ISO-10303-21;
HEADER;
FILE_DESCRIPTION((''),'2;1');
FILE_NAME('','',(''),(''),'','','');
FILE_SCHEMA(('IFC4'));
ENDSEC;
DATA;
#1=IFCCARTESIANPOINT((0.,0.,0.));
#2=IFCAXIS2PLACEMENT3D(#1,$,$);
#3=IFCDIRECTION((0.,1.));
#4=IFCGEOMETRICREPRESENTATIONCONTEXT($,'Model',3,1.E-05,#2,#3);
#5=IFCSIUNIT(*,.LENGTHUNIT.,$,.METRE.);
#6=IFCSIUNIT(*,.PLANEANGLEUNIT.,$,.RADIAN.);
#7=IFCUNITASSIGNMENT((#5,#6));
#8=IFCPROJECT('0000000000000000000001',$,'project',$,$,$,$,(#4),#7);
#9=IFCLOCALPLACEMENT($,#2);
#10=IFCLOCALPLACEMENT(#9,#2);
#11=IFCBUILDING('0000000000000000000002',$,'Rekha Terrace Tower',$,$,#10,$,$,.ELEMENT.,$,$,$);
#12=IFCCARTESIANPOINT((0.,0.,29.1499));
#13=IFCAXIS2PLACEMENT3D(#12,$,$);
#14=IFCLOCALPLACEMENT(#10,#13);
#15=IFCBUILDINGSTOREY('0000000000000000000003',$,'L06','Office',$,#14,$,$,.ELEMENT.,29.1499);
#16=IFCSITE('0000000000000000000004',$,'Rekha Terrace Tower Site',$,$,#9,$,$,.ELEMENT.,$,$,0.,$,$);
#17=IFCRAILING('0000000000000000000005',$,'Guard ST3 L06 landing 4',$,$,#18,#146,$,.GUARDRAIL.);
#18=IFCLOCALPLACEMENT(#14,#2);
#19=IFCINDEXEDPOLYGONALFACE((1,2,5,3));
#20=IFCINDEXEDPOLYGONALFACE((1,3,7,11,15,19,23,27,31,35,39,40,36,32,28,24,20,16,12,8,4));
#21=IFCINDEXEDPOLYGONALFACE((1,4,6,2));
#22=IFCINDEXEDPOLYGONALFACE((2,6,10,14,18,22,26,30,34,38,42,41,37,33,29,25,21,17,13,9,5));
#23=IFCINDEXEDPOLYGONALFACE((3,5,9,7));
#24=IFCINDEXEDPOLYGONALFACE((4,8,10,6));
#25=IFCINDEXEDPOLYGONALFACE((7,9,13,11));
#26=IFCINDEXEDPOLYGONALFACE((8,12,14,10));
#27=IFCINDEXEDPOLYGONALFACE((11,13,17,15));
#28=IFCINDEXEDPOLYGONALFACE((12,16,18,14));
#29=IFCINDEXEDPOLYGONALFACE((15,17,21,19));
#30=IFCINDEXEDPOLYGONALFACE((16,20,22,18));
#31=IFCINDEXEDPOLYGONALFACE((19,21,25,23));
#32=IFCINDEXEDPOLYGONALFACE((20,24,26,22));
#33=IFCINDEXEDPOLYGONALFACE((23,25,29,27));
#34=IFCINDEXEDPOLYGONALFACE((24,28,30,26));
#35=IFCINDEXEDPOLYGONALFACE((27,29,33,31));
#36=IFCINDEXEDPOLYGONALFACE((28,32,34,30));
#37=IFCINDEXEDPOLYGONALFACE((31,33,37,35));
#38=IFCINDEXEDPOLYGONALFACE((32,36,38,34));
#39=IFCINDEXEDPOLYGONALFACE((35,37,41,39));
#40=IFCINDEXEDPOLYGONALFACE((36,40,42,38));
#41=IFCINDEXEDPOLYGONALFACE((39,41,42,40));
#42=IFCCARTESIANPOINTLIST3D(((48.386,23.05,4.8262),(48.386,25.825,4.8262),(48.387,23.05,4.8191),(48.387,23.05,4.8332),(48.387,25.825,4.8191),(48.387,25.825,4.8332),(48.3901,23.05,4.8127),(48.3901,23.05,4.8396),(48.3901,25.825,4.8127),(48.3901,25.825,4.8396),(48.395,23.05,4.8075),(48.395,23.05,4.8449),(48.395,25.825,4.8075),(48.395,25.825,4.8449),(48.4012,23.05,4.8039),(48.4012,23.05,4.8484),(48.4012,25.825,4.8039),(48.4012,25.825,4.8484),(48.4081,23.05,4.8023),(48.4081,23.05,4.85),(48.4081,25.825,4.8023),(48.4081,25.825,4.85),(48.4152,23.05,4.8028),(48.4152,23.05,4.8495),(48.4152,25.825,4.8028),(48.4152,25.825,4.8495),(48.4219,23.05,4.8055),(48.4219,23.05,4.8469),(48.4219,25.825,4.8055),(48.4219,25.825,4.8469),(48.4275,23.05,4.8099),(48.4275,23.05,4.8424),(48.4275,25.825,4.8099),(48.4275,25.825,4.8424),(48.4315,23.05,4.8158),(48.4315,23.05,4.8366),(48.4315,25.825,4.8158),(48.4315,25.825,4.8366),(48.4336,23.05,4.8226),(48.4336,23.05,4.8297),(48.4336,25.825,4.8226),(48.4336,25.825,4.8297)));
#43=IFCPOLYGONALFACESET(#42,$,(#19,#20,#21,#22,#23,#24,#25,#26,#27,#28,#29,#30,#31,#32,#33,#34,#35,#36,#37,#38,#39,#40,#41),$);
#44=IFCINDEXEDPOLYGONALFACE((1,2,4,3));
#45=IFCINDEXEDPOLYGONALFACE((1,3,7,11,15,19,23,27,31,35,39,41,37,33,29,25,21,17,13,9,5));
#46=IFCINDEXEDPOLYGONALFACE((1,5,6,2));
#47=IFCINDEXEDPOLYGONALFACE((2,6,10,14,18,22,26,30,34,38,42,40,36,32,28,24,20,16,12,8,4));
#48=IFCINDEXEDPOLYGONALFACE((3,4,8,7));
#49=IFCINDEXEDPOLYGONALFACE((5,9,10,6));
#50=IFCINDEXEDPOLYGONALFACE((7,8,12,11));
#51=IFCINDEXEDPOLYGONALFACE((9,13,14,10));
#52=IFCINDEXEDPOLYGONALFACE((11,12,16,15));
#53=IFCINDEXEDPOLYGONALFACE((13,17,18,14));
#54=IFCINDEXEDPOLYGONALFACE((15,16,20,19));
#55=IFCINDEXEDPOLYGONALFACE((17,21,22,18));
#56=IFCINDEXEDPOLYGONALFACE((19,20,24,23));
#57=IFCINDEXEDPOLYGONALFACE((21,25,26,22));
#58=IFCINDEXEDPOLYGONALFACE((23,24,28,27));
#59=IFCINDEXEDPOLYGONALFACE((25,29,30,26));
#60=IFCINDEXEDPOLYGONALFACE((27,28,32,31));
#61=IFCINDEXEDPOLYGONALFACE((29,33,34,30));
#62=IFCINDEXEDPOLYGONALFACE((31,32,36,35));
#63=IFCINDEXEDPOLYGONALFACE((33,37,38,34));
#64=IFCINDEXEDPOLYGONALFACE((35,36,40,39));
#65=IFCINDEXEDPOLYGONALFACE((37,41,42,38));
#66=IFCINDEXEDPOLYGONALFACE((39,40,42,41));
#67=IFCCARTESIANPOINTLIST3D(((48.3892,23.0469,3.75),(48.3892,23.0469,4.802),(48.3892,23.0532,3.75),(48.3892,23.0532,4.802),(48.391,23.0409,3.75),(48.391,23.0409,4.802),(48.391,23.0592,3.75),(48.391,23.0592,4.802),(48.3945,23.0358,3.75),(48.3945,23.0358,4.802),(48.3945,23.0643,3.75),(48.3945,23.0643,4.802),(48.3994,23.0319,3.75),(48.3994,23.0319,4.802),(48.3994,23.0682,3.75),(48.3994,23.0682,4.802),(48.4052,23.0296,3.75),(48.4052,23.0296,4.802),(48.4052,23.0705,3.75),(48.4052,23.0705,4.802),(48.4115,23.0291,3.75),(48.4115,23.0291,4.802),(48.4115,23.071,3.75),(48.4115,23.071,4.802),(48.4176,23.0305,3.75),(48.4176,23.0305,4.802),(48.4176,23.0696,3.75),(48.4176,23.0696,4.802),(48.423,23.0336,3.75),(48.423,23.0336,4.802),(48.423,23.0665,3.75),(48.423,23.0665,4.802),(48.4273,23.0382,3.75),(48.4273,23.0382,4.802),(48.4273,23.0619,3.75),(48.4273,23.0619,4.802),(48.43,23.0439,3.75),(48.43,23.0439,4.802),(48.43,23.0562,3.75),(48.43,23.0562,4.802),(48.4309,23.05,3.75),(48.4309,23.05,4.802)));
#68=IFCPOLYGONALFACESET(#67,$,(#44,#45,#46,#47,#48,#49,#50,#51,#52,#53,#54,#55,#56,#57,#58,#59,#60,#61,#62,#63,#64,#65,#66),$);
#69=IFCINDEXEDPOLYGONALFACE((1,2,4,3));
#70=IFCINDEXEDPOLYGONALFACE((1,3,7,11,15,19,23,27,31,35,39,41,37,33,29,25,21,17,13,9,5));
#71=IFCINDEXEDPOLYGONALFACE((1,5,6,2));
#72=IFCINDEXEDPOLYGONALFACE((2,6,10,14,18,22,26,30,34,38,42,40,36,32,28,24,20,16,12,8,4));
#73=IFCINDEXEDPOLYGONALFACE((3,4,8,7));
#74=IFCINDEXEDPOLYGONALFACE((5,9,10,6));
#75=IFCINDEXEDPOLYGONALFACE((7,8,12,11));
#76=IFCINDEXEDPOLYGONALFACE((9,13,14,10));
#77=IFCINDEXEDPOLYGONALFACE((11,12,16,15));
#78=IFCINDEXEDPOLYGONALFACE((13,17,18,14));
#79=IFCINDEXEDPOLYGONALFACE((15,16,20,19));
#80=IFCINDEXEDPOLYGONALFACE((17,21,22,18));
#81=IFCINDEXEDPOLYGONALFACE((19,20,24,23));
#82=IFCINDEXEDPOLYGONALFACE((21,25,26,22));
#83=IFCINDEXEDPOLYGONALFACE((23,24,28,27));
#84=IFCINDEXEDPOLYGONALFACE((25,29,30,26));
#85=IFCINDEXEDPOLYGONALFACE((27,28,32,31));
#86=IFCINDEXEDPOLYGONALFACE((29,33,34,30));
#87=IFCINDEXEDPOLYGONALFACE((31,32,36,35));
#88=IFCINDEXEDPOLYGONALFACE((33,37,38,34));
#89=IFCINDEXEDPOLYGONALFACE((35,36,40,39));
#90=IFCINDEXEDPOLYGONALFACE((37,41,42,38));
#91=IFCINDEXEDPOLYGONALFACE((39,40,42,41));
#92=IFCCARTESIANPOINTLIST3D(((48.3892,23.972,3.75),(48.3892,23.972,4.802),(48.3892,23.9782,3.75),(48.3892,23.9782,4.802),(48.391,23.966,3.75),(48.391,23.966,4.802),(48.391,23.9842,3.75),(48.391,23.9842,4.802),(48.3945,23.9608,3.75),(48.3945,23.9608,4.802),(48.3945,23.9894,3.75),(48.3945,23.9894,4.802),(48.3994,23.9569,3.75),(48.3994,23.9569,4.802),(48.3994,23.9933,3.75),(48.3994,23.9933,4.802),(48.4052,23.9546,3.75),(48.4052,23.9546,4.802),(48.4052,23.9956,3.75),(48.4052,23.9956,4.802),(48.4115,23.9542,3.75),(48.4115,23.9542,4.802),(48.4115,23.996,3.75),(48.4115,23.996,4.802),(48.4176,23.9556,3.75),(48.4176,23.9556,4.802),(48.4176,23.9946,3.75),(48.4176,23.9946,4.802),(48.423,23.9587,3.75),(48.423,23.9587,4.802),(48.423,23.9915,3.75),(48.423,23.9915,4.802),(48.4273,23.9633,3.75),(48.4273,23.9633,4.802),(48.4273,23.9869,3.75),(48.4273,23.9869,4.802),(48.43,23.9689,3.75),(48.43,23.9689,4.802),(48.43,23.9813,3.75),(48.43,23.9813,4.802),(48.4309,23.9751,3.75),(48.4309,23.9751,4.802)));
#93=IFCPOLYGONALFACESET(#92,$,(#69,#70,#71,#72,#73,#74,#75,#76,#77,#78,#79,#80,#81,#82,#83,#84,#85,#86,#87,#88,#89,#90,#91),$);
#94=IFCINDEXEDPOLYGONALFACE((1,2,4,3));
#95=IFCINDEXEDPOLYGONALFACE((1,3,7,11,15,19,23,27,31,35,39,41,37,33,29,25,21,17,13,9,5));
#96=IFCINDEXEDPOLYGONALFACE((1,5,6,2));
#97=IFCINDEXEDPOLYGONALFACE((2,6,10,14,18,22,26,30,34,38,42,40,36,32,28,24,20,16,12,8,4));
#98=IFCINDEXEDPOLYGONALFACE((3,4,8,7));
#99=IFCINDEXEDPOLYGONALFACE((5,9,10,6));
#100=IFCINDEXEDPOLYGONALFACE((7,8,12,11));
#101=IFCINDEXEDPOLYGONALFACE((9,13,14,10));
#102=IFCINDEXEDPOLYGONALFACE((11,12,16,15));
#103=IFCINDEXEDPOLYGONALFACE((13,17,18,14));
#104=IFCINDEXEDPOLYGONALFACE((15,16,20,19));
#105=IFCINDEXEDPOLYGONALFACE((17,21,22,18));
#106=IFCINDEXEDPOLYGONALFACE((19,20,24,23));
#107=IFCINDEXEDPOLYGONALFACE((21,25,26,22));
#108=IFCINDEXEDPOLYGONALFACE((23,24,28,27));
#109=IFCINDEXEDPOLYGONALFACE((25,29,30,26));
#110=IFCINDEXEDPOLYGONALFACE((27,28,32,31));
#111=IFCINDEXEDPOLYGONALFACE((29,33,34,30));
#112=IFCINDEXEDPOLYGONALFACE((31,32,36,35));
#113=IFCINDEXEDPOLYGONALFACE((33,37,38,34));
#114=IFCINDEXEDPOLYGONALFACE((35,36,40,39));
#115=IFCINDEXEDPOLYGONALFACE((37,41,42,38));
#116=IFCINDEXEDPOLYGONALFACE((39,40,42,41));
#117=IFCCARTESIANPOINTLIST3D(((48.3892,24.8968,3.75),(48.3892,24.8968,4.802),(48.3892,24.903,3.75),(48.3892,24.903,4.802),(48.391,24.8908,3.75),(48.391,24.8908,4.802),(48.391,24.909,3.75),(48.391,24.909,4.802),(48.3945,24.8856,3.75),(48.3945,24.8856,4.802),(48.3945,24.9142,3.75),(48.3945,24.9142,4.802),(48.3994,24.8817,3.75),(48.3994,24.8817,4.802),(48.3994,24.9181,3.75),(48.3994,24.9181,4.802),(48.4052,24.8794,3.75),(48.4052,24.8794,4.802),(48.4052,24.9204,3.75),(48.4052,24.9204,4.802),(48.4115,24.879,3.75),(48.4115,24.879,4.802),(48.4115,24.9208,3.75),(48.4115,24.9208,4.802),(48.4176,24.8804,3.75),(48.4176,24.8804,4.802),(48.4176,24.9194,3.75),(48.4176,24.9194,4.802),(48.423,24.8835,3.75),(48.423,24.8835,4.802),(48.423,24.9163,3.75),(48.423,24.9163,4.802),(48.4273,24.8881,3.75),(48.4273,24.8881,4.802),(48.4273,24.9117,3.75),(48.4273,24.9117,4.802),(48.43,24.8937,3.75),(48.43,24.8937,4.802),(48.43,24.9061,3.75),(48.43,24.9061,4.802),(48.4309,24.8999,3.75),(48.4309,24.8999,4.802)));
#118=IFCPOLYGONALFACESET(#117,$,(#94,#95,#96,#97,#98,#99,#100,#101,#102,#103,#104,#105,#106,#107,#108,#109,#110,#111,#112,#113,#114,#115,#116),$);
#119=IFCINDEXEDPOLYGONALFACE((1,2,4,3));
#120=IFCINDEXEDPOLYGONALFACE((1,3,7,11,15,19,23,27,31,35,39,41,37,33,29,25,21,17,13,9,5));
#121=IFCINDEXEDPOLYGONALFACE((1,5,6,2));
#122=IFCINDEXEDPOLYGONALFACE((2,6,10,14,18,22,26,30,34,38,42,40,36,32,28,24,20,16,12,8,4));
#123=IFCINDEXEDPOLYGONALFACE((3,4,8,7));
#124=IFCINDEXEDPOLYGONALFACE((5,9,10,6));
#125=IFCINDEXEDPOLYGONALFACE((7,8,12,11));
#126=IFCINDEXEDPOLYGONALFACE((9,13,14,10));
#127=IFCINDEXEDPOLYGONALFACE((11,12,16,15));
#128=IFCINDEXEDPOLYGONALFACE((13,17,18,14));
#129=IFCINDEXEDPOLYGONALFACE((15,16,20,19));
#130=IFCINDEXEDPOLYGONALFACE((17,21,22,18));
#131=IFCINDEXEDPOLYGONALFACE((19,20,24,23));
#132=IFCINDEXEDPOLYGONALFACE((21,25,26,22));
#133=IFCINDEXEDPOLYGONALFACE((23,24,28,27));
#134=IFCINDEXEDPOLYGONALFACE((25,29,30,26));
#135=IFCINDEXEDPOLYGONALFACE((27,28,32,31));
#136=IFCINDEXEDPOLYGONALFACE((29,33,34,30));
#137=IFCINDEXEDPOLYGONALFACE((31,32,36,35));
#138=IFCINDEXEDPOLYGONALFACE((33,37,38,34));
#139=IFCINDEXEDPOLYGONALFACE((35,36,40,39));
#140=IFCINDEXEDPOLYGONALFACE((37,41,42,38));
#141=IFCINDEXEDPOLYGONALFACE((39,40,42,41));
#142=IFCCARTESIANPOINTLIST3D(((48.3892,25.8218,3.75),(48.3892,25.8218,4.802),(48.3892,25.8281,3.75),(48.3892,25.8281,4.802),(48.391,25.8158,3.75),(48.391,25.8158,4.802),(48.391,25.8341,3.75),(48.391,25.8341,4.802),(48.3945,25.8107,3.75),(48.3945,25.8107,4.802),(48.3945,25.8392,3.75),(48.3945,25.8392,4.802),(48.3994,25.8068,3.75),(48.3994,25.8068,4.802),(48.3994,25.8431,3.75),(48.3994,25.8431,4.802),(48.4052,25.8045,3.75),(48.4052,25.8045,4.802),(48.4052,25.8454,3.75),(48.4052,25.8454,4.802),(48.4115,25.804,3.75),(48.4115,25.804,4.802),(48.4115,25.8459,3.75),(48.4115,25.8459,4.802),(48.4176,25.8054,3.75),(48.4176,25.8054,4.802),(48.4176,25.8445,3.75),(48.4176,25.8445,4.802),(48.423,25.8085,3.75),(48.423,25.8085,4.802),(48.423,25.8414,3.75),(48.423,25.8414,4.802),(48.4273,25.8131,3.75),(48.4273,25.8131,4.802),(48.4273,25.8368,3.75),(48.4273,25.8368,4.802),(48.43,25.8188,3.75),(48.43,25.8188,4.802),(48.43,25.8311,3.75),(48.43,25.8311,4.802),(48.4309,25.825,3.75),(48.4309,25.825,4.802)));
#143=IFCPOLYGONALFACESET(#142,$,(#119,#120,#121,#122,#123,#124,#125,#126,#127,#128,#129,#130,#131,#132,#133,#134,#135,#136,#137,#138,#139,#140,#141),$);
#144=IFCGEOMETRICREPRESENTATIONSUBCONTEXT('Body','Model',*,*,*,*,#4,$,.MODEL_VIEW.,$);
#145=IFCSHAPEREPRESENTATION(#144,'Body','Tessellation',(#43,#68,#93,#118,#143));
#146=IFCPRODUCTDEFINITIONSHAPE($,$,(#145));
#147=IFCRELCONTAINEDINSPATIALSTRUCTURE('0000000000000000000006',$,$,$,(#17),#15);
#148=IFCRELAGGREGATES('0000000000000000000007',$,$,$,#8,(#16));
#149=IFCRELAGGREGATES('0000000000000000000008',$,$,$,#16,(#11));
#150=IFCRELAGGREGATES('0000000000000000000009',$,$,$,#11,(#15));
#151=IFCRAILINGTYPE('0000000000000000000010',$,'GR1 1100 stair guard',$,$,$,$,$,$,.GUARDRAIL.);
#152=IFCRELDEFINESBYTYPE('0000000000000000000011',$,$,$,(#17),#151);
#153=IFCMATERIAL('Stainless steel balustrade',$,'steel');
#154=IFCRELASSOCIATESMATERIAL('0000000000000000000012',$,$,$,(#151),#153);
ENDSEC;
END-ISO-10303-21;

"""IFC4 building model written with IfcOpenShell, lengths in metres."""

from ifc_helpers import new_model, si_unit, direction, frame, origin, origin_2d, place, context, subcontext, project, spatial, circle, extrude, material, type_object, element, save


model = new_model("IFC4")

# Units and contexts
model_context = context("Model", 3, precision=1e-05, world=origin(), true_north=direction((0.0, 1.0)))
body_context = subcontext(model_context, "Body", "Model", "MODEL_VIEW")
ifc_project = project(units=[si_unit("LENGTHUNIT", "METRE"), si_unit("PLANEANGLEUNIT", "RADIAN")], contexts=[model_context])

# Site, building, storey
site_placement = place(None, origin())
site = spatial("IfcSite", under=ifc_project, at=site_placement, Name="Rekha Terrace Tower Site", CompositionType="ELEMENT", RefElevation=0.0)
building_placement = place(site_placement, origin())
building = spatial("IfcBuilding", under=site, at=building_placement, Name="Rekha Terrace Tower", CompositionType="ELEMENT")
storey_placement = place(building_placement, frame((0.0, 0.0, 29.1499)))
storey = spatial("IfcBuildingStorey", under=building, at=storey_placement, Name="L06", Description="Office", CompositionType="ELEMENT", Elevation=29.1499)

# Railing
ifc_material_1 = material(Name="Stainless steel balustrade", Category="steel")
railing_type = type_object("IfcRailingType", Name="GR1 1100 stair guard", PredefinedType="GUARDRAIL", material=ifc_material_1)
railing_1_placement = place(storey_placement, frame((48.4099, 23.05, 3.75)))
element("IfcRailing", 1, at=railing_1_placement, inside=storey, type_object=railing_type, Name="Guard ST3 L06 landing 4", PredefinedType="GUARDRAIL", context=body_context, shape_type="SweptSolid", body=[
    extrude(circle(Radius=0.0239, at=origin_2d()), frame((0.0, 0.0, 1.0762), z_axis=(0.0, 1.0, 0.0), x_axis=(-1.0, 0.0, 0.0)), (0.0, 0.0, 1.0), 2.7749),
    extrude(circle(Radius=0.021, at=origin_2d()), origin(), (0.0, 0.0, 1.0), 1.052),
    extrude(circle(Radius=0.021, at=origin_2d()), frame((0.0, 0.925, 0.0)), (0.0, 0.0, 1.0), 1.052),
    extrude(circle(Radius=0.021, at=origin_2d()), frame((0.0, 1.8499, 0.0)), (0.0, 0.0, 1.0), 1.052),
    extrude(circle(Radius=0.021, at=origin_2d()), frame((0.0, 2.7749, 0.0)), (0.0, 0.0, 1.0), 1.052),
])

save(model, "model.ifc")
